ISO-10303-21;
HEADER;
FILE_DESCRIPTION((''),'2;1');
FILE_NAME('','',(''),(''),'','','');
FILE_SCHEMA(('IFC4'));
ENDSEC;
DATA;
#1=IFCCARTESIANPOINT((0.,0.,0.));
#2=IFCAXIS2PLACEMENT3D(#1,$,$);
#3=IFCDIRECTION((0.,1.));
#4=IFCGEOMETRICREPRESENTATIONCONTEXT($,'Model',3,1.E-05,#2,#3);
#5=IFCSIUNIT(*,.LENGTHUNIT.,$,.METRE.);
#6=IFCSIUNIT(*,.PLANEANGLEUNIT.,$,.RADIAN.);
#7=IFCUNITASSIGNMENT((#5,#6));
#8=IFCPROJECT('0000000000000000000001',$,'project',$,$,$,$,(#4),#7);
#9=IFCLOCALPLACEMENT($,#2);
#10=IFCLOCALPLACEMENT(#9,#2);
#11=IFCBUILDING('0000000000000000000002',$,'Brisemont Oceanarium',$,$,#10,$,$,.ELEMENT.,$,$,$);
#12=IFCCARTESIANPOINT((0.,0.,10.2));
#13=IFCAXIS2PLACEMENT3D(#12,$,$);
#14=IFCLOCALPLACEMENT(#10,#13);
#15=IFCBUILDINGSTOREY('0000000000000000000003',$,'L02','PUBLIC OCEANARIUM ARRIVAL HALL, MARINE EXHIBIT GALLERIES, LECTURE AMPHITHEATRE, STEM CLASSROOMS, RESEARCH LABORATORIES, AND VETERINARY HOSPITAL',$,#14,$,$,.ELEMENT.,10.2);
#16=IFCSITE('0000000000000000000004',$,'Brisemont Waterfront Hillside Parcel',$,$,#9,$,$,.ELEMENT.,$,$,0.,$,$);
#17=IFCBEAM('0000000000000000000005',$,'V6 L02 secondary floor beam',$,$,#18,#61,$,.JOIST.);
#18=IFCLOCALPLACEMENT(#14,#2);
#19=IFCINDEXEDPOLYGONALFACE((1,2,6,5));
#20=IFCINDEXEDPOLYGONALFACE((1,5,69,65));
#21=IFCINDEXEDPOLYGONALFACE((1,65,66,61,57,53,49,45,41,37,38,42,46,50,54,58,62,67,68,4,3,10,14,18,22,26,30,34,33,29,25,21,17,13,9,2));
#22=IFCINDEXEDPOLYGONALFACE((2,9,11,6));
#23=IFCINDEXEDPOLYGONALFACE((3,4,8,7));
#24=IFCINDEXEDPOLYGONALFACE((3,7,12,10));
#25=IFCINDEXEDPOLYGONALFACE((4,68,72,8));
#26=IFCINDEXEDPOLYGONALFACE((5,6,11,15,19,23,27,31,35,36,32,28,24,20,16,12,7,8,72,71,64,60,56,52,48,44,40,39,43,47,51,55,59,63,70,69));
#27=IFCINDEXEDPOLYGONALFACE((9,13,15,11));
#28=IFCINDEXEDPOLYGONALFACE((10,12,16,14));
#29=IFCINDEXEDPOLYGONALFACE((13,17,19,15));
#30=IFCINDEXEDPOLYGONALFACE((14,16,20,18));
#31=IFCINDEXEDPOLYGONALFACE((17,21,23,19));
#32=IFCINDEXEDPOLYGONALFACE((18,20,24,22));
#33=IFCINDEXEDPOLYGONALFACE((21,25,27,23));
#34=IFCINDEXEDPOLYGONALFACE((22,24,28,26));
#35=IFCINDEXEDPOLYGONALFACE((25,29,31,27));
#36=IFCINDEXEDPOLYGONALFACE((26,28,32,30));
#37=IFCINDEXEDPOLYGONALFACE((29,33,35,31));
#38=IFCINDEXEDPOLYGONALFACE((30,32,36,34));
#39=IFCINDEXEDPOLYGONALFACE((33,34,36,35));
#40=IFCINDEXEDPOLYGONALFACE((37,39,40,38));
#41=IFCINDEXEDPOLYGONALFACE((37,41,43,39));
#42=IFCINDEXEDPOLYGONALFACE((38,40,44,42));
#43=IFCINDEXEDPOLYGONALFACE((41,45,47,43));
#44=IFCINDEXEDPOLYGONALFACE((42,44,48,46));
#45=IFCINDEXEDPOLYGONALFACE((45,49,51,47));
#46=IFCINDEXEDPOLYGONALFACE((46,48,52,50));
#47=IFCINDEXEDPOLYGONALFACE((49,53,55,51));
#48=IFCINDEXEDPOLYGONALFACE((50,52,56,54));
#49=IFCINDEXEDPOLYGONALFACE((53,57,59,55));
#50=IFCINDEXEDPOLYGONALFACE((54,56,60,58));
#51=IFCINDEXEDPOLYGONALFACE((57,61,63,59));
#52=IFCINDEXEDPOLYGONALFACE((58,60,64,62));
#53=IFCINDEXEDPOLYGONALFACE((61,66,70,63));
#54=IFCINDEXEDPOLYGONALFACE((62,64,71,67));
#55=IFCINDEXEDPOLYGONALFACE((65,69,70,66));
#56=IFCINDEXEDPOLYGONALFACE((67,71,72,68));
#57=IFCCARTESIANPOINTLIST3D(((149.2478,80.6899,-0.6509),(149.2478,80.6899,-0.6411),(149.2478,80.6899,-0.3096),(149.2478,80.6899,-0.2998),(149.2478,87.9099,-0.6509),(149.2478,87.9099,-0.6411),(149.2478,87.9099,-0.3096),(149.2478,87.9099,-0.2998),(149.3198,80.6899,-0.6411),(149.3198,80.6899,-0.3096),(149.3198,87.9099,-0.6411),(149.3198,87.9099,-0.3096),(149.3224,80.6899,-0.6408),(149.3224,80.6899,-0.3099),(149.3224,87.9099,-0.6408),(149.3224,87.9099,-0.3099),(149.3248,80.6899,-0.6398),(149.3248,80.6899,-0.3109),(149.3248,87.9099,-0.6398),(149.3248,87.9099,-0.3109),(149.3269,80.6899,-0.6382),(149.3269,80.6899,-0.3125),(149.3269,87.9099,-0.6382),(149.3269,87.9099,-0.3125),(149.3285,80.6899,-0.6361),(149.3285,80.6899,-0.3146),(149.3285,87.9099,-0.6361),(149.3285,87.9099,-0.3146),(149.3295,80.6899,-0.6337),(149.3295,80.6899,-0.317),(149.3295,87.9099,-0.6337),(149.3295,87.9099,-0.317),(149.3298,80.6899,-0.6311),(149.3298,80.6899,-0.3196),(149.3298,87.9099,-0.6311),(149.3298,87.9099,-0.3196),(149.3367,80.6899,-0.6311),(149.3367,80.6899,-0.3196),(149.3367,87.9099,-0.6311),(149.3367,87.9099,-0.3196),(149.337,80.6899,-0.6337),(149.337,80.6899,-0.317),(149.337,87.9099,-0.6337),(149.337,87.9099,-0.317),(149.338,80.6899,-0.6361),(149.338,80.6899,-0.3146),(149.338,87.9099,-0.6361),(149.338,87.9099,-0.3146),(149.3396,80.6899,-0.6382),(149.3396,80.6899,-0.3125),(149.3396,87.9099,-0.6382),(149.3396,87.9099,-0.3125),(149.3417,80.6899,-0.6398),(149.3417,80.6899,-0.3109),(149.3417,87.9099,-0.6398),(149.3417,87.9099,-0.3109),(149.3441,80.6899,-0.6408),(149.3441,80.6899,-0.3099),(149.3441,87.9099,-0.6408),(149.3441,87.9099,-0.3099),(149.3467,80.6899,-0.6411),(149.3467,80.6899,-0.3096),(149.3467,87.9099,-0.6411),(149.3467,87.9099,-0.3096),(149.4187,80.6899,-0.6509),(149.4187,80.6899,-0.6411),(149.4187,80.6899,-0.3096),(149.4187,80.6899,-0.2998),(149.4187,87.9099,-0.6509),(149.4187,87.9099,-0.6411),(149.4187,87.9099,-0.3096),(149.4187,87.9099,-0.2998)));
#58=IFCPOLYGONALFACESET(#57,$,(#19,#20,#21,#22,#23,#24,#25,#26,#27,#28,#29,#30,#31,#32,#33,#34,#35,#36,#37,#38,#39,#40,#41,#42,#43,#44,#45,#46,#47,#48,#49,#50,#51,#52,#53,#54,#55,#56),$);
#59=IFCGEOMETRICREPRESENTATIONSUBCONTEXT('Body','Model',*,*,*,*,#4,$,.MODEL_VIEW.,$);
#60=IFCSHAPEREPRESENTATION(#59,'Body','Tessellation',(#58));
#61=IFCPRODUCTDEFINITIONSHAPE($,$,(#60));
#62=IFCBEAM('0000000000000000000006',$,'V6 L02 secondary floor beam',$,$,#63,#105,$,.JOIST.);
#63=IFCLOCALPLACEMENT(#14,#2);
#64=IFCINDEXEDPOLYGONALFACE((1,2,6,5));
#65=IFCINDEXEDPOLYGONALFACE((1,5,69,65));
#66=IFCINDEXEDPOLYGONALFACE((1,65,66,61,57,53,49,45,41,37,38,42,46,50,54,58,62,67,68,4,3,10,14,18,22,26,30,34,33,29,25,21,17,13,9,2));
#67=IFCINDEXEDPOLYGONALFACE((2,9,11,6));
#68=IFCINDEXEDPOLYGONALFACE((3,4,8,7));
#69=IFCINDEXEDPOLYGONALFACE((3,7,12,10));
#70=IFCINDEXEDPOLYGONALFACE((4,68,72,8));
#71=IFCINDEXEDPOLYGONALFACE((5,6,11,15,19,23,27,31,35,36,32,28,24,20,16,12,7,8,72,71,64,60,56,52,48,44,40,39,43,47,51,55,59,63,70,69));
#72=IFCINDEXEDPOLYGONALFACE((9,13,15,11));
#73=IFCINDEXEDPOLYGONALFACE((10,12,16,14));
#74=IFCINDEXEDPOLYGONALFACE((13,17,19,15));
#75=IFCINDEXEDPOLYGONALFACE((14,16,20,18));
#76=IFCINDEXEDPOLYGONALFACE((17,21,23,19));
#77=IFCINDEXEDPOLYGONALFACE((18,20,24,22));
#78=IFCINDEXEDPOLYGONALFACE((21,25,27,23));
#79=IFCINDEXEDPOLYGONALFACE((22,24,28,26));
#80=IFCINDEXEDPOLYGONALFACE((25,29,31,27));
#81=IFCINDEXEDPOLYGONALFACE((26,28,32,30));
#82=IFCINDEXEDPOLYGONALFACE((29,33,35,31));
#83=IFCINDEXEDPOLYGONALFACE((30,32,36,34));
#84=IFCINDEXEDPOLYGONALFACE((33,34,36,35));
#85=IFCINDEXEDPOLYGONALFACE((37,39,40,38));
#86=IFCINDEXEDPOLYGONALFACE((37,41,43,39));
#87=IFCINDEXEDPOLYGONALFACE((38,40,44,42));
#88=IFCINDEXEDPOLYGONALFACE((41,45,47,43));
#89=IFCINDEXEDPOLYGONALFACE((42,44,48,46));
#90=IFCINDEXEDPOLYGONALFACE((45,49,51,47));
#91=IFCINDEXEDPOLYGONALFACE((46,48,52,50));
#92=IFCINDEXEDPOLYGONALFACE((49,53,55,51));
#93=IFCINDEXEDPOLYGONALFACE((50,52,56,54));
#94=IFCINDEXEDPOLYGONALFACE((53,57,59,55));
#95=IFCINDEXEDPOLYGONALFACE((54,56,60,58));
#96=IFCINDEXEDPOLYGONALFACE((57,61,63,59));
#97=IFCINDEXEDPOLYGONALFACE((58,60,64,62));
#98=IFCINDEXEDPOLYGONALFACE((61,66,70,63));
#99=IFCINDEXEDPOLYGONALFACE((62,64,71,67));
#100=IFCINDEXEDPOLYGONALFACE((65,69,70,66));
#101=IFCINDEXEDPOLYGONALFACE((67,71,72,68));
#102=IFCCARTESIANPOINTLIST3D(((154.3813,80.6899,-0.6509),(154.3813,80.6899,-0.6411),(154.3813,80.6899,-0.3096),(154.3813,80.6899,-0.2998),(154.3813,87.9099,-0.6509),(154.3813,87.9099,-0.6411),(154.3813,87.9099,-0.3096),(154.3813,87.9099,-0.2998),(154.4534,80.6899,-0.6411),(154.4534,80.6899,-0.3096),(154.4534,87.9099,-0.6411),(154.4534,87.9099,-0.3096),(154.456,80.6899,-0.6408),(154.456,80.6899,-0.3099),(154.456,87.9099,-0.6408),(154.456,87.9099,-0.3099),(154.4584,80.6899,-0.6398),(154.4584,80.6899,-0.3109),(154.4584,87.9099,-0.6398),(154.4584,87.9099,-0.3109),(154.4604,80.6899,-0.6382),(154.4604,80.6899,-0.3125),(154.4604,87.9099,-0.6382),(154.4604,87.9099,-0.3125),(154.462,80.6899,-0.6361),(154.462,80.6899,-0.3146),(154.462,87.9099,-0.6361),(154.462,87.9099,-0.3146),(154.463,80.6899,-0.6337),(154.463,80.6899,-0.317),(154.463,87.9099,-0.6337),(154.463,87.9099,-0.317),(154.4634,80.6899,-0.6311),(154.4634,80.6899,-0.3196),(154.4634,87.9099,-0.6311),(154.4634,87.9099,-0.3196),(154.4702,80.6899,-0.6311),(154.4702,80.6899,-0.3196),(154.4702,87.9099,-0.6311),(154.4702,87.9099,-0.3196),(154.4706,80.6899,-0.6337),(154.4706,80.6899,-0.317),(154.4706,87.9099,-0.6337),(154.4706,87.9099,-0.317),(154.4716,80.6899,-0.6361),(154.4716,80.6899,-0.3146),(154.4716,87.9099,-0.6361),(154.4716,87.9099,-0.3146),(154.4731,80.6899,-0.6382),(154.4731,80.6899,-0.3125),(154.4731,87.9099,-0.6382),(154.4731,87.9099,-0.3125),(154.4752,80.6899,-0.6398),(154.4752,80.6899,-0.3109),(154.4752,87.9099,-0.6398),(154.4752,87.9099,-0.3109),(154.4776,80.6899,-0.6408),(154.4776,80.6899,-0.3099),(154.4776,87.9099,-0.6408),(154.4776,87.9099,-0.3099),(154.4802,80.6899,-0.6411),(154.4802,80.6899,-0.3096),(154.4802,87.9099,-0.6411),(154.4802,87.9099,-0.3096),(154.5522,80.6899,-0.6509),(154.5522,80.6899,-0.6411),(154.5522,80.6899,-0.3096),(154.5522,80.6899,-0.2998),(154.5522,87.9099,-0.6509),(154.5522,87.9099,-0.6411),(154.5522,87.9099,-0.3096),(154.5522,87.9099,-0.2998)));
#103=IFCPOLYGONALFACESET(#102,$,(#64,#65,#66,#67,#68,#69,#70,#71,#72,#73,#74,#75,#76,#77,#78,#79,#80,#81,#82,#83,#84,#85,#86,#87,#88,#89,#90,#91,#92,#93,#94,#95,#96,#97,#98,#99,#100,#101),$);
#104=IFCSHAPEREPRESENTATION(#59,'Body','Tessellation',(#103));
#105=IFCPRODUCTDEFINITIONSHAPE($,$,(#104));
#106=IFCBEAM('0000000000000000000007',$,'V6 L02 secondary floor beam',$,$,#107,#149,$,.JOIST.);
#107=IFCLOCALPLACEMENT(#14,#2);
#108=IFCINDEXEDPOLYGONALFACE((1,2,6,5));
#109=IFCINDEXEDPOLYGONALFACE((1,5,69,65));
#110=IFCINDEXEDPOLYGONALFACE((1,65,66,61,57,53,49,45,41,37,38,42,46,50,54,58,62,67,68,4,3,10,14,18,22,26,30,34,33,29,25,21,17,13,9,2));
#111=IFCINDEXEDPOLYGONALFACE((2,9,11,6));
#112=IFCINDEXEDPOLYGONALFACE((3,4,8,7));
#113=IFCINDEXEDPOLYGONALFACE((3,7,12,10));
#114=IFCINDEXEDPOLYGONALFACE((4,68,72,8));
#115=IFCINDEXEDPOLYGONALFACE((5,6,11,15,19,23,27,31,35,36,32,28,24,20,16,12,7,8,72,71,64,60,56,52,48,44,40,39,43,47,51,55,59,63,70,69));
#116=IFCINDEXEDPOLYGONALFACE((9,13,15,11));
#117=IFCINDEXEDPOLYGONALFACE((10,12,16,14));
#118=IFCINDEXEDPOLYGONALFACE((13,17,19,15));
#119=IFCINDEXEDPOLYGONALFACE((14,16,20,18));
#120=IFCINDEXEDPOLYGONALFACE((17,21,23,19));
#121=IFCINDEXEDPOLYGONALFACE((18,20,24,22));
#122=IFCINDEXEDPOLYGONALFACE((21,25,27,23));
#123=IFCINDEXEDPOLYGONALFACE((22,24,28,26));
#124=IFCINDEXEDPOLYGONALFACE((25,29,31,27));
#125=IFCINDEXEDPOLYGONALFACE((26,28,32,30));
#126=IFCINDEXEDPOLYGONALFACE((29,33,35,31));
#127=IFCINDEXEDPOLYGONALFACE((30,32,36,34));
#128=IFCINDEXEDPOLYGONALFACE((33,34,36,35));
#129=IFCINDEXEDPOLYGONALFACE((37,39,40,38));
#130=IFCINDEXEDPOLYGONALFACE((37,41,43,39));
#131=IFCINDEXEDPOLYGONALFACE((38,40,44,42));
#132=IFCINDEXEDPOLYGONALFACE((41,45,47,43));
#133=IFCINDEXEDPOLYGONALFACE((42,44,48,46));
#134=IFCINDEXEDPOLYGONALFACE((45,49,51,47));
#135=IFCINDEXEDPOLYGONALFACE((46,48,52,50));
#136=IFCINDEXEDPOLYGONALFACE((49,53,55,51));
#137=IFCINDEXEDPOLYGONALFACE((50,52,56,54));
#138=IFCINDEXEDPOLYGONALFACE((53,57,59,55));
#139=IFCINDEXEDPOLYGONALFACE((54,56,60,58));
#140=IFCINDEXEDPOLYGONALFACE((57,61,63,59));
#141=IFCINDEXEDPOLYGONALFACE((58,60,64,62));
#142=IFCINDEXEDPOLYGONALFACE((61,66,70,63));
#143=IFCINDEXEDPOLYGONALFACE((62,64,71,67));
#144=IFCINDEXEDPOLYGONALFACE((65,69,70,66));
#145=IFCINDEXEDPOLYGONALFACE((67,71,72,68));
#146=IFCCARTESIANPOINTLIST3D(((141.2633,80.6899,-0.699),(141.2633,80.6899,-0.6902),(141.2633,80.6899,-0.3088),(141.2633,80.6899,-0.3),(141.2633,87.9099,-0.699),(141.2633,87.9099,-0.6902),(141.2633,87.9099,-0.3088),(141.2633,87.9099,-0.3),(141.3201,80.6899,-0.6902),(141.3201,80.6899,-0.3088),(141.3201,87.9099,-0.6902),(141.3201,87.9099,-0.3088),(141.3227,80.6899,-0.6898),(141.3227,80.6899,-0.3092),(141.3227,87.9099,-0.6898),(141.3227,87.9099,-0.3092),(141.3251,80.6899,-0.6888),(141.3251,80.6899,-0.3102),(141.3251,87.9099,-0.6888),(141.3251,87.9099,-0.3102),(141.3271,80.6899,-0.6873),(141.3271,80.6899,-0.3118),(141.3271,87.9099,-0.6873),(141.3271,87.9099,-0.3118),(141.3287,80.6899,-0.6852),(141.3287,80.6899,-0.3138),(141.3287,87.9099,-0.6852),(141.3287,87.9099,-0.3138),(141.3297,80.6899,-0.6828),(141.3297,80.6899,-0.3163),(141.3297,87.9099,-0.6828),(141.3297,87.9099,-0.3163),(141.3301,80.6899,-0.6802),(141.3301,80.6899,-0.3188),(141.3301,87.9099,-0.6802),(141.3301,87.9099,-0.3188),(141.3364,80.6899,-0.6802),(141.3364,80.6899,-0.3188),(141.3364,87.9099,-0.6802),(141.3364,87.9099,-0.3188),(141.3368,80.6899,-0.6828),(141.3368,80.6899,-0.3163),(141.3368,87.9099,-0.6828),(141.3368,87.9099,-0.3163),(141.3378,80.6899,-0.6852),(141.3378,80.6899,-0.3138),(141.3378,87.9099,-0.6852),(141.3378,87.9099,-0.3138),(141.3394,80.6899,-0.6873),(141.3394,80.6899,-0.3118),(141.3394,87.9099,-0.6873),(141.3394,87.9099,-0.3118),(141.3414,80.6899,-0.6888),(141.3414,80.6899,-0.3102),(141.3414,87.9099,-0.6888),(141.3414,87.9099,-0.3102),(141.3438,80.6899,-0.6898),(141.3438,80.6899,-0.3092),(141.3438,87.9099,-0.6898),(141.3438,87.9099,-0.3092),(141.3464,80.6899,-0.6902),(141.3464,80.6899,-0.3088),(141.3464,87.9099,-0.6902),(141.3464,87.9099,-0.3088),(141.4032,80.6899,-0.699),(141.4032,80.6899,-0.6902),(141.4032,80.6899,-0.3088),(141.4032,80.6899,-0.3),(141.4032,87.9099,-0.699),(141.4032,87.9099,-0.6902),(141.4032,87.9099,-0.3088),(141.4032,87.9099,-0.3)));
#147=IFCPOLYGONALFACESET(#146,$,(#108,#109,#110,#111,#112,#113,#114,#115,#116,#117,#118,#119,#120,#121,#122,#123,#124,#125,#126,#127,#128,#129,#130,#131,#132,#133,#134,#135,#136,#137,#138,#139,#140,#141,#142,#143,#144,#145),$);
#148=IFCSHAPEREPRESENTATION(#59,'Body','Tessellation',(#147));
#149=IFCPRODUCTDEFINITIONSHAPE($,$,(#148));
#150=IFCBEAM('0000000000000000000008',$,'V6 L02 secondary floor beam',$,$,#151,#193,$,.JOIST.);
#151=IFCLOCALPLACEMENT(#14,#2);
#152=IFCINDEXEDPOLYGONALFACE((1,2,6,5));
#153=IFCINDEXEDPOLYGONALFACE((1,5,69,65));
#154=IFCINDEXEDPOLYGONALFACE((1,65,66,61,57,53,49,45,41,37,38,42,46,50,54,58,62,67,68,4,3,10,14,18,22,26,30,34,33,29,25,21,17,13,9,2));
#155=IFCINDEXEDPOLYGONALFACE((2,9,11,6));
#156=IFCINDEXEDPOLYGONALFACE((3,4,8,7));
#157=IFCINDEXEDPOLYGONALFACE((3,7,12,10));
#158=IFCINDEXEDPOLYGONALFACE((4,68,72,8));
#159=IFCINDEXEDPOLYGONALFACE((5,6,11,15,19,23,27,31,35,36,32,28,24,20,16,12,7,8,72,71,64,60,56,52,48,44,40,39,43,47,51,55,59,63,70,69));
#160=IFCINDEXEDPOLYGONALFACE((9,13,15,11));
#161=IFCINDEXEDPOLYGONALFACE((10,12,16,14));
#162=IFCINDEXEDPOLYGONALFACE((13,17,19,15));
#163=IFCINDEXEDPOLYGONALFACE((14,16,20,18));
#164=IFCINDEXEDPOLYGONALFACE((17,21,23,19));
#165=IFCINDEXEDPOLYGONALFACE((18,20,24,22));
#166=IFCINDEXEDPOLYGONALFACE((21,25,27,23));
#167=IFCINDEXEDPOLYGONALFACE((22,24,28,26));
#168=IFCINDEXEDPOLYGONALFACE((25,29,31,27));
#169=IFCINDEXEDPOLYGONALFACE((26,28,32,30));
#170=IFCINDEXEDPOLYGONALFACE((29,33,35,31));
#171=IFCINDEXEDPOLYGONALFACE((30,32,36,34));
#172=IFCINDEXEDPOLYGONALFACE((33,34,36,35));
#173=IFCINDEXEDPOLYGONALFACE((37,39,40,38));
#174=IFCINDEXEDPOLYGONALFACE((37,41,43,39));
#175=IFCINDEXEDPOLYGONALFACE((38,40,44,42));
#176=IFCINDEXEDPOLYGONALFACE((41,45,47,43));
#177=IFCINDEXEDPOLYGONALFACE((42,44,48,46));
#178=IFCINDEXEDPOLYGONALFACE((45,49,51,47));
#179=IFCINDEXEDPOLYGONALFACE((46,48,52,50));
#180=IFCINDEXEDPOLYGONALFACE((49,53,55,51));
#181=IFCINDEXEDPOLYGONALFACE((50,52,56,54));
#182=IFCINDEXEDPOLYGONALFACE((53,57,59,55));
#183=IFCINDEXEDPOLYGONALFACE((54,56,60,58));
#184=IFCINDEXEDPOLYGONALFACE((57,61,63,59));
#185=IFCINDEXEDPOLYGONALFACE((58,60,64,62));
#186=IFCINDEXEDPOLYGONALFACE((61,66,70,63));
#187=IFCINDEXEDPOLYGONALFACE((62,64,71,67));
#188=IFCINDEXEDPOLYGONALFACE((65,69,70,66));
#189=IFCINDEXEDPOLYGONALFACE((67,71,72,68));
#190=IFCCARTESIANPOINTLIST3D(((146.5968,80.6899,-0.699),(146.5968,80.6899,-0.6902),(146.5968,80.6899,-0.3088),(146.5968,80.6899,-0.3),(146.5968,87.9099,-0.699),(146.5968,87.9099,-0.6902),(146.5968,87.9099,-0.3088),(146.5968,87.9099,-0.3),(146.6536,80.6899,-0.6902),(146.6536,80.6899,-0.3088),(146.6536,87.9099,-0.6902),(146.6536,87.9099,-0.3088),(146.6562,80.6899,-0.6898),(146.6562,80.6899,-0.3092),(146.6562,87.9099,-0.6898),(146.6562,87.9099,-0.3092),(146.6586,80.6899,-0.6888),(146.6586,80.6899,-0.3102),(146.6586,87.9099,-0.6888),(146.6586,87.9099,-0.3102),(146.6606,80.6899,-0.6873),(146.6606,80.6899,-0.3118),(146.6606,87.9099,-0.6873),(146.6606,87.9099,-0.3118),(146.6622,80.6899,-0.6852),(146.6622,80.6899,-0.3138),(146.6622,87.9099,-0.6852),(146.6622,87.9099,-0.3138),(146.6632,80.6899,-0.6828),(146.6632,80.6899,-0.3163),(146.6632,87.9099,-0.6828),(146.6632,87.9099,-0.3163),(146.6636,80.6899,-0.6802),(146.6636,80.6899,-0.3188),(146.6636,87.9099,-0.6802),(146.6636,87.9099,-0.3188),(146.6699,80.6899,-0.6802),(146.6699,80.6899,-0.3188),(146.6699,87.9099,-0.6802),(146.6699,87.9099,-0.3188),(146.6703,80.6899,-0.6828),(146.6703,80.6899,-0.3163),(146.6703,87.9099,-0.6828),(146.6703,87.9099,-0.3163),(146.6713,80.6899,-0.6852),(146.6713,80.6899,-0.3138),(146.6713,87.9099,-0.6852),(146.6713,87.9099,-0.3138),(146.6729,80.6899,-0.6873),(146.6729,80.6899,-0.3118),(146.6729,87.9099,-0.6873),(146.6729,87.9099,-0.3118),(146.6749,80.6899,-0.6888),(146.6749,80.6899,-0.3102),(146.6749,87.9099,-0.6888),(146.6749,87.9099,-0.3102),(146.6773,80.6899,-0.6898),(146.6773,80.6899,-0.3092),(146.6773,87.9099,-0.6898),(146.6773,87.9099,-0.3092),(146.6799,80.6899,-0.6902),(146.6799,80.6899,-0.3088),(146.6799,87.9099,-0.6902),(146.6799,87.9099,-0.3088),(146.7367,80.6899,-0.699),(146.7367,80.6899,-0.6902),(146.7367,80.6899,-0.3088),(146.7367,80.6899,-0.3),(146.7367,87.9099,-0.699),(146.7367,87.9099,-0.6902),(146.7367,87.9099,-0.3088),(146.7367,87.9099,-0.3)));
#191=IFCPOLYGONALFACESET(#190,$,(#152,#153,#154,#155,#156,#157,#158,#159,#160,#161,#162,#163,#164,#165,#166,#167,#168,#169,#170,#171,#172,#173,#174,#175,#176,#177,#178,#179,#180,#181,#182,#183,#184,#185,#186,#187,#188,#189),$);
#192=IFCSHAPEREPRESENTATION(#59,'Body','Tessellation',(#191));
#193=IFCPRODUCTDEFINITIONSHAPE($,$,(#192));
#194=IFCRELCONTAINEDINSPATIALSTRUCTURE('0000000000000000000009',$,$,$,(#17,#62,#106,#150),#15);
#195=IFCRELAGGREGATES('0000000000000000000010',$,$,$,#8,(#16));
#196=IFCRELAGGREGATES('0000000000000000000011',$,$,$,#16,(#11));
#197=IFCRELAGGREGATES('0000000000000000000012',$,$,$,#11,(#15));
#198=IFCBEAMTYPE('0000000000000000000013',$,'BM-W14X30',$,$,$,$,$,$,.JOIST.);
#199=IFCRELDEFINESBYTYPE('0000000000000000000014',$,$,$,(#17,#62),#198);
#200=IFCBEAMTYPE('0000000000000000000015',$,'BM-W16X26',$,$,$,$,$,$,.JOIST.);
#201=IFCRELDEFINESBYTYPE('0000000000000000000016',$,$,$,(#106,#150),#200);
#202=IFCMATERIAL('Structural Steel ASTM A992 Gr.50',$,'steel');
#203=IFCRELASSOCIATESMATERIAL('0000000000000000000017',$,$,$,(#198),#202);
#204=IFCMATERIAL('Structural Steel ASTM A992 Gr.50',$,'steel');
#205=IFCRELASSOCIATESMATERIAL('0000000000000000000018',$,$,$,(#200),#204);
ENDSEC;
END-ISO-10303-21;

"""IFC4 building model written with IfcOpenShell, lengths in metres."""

from ifc_helpers import new_model, si_unit, direction, frame, origin, origin_2d, place, context, subcontext, project, spatial, i_section, extrude, material, material_profile, profile_set, type_object, element, save


model = new_model("IFC4")

# Units and contexts
model_context = context("Model", 3, precision=1e-05, world=origin(), true_north=direction((0.0, 1.0)))
body_context = subcontext(model_context, "Body", "Model", "MODEL_VIEW")
ifc_project = project(units=[si_unit("LENGTHUNIT", "METRE"), si_unit("PLANEANGLEUNIT", "RADIAN")], contexts=[model_context])

# Site, building, storey
site_placement = place(None, origin())
site = spatial("IfcSite", under=ifc_project, at=site_placement, Name="Brisemont Waterfront Hillside Parcel", CompositionType="ELEMENT", RefElevation=0.0)
building_placement = place(site_placement, origin())
building = spatial("IfcBuilding", under=site, at=building_placement, Name="Brisemont Oceanarium", CompositionType="ELEMENT")
storey_placement = place(building_placement, frame((0.0, 0.0, 10.2)))
storey = spatial("IfcBuildingStorey", under=building, at=storey_placement, Name="L02", Description="PUBLIC OCEANARIUM ARRIVAL HALL, MARINE EXHIBIT GALLERIES, LECTURE AMPHITHEATRE, STEM CLASSROOMS, RESEARCH LABORATORIES, AND VETERINARY HOSPITAL", CompositionType="ELEMENT", Elevation=10.2)

# Beams
ifc_material_1 = material(Name="Structural Steel ASTM A992 Gr.50", Category="steel")
ifc_material_profile_1 = material_profile(ifc_material_1, i_section(OverallWidth=0.1709, OverallDepth=0.3511, WebThickness=0.0068, FlangeThickness=0.0098, FilletRadius=0.01, at=origin_2d()), Name="W14X30")
ifc_profile_set_1 = profile_set([ifc_material_profile_1], Name="Structural Steel ASTM A992 Gr.50")
beam_type_1 = type_object("IfcBeamType", Name="BM-W14X30", PredefinedType="JOIST", material=ifc_profile_set_1)
for number, where, z_axis, x_axis, name in (
    (1, (149.3333, 80.6899, -0.4753), (0.0, 1.0, 0.0), (-1.0, 0.0, 0.0), "V6 L02 secondary floor beam"),
    (2, (154.4668, 80.6899, -0.4753), (0.0, 1.0, 0.0), (-1.0, 0.0, 0.0), "V6 L02 secondary floor beam"),
):
    element("IfcBeam", number, at=place(storey_placement, frame(where, z_axis=z_axis, x_axis=x_axis)), inside=storey, type_object=beam_type_1, Name=name, PredefinedType="JOIST", context=body_context, shape_type="SweptSolid", body=[
        extrude(i_section(OverallWidth=0.1709, OverallDepth=0.3511, WebThickness=0.0068, FlangeThickness=0.0098, FilletRadius=0.01, at=origin_2d()), origin(), (0.0, 0.0, 1.0), 7.22),
    ])
ifc_material_2 = material(Name="Structural Steel ASTM A992 Gr.50", Category="steel")
ifc_material_profile_2 = material_profile(ifc_material_2, i_section(OverallWidth=0.1399, OverallDepth=0.3989, WebThickness=0.0063, FlangeThickness=0.0088, FilletRadius=0.01, at=origin_2d()), Name="W16X26")
ifc_profile_set_2 = profile_set([ifc_material_profile_2], Name="Structural Steel ASTM A992 Gr.50")
beam_type_2 = type_object("IfcBeamType", Name="BM-W16X26", PredefinedType="JOIST", material=ifc_profile_set_2)
for number, where, z_axis, x_axis, name in (
    (3, (141.3333, 80.6899, -0.4995), (0.0, 1.0, 0.0), (-1.0, 0.0, 0.0), "V6 L02 secondary floor beam"),
    (4, (146.6667, 80.6899, -0.4995), (0.0, 1.0, 0.0), (-1.0, 0.0, 0.0), "V6 L02 secondary floor beam"),
):
    element("IfcBeam", number, at=place(storey_placement, frame(where, z_axis=z_axis, x_axis=x_axis)), inside=storey, type_object=beam_type_2, Name=name, PredefinedType="JOIST", context=body_context, shape_type="SweptSolid", body=[
        extrude(i_section(OverallWidth=0.1399, OverallDepth=0.3989, WebThickness=0.0063, FlangeThickness=0.0088, FilletRadius=0.01, at=origin_2d()), origin(), (0.0, 0.0, 1.0), 7.22),
    ])

save(model, "model.ifc")
